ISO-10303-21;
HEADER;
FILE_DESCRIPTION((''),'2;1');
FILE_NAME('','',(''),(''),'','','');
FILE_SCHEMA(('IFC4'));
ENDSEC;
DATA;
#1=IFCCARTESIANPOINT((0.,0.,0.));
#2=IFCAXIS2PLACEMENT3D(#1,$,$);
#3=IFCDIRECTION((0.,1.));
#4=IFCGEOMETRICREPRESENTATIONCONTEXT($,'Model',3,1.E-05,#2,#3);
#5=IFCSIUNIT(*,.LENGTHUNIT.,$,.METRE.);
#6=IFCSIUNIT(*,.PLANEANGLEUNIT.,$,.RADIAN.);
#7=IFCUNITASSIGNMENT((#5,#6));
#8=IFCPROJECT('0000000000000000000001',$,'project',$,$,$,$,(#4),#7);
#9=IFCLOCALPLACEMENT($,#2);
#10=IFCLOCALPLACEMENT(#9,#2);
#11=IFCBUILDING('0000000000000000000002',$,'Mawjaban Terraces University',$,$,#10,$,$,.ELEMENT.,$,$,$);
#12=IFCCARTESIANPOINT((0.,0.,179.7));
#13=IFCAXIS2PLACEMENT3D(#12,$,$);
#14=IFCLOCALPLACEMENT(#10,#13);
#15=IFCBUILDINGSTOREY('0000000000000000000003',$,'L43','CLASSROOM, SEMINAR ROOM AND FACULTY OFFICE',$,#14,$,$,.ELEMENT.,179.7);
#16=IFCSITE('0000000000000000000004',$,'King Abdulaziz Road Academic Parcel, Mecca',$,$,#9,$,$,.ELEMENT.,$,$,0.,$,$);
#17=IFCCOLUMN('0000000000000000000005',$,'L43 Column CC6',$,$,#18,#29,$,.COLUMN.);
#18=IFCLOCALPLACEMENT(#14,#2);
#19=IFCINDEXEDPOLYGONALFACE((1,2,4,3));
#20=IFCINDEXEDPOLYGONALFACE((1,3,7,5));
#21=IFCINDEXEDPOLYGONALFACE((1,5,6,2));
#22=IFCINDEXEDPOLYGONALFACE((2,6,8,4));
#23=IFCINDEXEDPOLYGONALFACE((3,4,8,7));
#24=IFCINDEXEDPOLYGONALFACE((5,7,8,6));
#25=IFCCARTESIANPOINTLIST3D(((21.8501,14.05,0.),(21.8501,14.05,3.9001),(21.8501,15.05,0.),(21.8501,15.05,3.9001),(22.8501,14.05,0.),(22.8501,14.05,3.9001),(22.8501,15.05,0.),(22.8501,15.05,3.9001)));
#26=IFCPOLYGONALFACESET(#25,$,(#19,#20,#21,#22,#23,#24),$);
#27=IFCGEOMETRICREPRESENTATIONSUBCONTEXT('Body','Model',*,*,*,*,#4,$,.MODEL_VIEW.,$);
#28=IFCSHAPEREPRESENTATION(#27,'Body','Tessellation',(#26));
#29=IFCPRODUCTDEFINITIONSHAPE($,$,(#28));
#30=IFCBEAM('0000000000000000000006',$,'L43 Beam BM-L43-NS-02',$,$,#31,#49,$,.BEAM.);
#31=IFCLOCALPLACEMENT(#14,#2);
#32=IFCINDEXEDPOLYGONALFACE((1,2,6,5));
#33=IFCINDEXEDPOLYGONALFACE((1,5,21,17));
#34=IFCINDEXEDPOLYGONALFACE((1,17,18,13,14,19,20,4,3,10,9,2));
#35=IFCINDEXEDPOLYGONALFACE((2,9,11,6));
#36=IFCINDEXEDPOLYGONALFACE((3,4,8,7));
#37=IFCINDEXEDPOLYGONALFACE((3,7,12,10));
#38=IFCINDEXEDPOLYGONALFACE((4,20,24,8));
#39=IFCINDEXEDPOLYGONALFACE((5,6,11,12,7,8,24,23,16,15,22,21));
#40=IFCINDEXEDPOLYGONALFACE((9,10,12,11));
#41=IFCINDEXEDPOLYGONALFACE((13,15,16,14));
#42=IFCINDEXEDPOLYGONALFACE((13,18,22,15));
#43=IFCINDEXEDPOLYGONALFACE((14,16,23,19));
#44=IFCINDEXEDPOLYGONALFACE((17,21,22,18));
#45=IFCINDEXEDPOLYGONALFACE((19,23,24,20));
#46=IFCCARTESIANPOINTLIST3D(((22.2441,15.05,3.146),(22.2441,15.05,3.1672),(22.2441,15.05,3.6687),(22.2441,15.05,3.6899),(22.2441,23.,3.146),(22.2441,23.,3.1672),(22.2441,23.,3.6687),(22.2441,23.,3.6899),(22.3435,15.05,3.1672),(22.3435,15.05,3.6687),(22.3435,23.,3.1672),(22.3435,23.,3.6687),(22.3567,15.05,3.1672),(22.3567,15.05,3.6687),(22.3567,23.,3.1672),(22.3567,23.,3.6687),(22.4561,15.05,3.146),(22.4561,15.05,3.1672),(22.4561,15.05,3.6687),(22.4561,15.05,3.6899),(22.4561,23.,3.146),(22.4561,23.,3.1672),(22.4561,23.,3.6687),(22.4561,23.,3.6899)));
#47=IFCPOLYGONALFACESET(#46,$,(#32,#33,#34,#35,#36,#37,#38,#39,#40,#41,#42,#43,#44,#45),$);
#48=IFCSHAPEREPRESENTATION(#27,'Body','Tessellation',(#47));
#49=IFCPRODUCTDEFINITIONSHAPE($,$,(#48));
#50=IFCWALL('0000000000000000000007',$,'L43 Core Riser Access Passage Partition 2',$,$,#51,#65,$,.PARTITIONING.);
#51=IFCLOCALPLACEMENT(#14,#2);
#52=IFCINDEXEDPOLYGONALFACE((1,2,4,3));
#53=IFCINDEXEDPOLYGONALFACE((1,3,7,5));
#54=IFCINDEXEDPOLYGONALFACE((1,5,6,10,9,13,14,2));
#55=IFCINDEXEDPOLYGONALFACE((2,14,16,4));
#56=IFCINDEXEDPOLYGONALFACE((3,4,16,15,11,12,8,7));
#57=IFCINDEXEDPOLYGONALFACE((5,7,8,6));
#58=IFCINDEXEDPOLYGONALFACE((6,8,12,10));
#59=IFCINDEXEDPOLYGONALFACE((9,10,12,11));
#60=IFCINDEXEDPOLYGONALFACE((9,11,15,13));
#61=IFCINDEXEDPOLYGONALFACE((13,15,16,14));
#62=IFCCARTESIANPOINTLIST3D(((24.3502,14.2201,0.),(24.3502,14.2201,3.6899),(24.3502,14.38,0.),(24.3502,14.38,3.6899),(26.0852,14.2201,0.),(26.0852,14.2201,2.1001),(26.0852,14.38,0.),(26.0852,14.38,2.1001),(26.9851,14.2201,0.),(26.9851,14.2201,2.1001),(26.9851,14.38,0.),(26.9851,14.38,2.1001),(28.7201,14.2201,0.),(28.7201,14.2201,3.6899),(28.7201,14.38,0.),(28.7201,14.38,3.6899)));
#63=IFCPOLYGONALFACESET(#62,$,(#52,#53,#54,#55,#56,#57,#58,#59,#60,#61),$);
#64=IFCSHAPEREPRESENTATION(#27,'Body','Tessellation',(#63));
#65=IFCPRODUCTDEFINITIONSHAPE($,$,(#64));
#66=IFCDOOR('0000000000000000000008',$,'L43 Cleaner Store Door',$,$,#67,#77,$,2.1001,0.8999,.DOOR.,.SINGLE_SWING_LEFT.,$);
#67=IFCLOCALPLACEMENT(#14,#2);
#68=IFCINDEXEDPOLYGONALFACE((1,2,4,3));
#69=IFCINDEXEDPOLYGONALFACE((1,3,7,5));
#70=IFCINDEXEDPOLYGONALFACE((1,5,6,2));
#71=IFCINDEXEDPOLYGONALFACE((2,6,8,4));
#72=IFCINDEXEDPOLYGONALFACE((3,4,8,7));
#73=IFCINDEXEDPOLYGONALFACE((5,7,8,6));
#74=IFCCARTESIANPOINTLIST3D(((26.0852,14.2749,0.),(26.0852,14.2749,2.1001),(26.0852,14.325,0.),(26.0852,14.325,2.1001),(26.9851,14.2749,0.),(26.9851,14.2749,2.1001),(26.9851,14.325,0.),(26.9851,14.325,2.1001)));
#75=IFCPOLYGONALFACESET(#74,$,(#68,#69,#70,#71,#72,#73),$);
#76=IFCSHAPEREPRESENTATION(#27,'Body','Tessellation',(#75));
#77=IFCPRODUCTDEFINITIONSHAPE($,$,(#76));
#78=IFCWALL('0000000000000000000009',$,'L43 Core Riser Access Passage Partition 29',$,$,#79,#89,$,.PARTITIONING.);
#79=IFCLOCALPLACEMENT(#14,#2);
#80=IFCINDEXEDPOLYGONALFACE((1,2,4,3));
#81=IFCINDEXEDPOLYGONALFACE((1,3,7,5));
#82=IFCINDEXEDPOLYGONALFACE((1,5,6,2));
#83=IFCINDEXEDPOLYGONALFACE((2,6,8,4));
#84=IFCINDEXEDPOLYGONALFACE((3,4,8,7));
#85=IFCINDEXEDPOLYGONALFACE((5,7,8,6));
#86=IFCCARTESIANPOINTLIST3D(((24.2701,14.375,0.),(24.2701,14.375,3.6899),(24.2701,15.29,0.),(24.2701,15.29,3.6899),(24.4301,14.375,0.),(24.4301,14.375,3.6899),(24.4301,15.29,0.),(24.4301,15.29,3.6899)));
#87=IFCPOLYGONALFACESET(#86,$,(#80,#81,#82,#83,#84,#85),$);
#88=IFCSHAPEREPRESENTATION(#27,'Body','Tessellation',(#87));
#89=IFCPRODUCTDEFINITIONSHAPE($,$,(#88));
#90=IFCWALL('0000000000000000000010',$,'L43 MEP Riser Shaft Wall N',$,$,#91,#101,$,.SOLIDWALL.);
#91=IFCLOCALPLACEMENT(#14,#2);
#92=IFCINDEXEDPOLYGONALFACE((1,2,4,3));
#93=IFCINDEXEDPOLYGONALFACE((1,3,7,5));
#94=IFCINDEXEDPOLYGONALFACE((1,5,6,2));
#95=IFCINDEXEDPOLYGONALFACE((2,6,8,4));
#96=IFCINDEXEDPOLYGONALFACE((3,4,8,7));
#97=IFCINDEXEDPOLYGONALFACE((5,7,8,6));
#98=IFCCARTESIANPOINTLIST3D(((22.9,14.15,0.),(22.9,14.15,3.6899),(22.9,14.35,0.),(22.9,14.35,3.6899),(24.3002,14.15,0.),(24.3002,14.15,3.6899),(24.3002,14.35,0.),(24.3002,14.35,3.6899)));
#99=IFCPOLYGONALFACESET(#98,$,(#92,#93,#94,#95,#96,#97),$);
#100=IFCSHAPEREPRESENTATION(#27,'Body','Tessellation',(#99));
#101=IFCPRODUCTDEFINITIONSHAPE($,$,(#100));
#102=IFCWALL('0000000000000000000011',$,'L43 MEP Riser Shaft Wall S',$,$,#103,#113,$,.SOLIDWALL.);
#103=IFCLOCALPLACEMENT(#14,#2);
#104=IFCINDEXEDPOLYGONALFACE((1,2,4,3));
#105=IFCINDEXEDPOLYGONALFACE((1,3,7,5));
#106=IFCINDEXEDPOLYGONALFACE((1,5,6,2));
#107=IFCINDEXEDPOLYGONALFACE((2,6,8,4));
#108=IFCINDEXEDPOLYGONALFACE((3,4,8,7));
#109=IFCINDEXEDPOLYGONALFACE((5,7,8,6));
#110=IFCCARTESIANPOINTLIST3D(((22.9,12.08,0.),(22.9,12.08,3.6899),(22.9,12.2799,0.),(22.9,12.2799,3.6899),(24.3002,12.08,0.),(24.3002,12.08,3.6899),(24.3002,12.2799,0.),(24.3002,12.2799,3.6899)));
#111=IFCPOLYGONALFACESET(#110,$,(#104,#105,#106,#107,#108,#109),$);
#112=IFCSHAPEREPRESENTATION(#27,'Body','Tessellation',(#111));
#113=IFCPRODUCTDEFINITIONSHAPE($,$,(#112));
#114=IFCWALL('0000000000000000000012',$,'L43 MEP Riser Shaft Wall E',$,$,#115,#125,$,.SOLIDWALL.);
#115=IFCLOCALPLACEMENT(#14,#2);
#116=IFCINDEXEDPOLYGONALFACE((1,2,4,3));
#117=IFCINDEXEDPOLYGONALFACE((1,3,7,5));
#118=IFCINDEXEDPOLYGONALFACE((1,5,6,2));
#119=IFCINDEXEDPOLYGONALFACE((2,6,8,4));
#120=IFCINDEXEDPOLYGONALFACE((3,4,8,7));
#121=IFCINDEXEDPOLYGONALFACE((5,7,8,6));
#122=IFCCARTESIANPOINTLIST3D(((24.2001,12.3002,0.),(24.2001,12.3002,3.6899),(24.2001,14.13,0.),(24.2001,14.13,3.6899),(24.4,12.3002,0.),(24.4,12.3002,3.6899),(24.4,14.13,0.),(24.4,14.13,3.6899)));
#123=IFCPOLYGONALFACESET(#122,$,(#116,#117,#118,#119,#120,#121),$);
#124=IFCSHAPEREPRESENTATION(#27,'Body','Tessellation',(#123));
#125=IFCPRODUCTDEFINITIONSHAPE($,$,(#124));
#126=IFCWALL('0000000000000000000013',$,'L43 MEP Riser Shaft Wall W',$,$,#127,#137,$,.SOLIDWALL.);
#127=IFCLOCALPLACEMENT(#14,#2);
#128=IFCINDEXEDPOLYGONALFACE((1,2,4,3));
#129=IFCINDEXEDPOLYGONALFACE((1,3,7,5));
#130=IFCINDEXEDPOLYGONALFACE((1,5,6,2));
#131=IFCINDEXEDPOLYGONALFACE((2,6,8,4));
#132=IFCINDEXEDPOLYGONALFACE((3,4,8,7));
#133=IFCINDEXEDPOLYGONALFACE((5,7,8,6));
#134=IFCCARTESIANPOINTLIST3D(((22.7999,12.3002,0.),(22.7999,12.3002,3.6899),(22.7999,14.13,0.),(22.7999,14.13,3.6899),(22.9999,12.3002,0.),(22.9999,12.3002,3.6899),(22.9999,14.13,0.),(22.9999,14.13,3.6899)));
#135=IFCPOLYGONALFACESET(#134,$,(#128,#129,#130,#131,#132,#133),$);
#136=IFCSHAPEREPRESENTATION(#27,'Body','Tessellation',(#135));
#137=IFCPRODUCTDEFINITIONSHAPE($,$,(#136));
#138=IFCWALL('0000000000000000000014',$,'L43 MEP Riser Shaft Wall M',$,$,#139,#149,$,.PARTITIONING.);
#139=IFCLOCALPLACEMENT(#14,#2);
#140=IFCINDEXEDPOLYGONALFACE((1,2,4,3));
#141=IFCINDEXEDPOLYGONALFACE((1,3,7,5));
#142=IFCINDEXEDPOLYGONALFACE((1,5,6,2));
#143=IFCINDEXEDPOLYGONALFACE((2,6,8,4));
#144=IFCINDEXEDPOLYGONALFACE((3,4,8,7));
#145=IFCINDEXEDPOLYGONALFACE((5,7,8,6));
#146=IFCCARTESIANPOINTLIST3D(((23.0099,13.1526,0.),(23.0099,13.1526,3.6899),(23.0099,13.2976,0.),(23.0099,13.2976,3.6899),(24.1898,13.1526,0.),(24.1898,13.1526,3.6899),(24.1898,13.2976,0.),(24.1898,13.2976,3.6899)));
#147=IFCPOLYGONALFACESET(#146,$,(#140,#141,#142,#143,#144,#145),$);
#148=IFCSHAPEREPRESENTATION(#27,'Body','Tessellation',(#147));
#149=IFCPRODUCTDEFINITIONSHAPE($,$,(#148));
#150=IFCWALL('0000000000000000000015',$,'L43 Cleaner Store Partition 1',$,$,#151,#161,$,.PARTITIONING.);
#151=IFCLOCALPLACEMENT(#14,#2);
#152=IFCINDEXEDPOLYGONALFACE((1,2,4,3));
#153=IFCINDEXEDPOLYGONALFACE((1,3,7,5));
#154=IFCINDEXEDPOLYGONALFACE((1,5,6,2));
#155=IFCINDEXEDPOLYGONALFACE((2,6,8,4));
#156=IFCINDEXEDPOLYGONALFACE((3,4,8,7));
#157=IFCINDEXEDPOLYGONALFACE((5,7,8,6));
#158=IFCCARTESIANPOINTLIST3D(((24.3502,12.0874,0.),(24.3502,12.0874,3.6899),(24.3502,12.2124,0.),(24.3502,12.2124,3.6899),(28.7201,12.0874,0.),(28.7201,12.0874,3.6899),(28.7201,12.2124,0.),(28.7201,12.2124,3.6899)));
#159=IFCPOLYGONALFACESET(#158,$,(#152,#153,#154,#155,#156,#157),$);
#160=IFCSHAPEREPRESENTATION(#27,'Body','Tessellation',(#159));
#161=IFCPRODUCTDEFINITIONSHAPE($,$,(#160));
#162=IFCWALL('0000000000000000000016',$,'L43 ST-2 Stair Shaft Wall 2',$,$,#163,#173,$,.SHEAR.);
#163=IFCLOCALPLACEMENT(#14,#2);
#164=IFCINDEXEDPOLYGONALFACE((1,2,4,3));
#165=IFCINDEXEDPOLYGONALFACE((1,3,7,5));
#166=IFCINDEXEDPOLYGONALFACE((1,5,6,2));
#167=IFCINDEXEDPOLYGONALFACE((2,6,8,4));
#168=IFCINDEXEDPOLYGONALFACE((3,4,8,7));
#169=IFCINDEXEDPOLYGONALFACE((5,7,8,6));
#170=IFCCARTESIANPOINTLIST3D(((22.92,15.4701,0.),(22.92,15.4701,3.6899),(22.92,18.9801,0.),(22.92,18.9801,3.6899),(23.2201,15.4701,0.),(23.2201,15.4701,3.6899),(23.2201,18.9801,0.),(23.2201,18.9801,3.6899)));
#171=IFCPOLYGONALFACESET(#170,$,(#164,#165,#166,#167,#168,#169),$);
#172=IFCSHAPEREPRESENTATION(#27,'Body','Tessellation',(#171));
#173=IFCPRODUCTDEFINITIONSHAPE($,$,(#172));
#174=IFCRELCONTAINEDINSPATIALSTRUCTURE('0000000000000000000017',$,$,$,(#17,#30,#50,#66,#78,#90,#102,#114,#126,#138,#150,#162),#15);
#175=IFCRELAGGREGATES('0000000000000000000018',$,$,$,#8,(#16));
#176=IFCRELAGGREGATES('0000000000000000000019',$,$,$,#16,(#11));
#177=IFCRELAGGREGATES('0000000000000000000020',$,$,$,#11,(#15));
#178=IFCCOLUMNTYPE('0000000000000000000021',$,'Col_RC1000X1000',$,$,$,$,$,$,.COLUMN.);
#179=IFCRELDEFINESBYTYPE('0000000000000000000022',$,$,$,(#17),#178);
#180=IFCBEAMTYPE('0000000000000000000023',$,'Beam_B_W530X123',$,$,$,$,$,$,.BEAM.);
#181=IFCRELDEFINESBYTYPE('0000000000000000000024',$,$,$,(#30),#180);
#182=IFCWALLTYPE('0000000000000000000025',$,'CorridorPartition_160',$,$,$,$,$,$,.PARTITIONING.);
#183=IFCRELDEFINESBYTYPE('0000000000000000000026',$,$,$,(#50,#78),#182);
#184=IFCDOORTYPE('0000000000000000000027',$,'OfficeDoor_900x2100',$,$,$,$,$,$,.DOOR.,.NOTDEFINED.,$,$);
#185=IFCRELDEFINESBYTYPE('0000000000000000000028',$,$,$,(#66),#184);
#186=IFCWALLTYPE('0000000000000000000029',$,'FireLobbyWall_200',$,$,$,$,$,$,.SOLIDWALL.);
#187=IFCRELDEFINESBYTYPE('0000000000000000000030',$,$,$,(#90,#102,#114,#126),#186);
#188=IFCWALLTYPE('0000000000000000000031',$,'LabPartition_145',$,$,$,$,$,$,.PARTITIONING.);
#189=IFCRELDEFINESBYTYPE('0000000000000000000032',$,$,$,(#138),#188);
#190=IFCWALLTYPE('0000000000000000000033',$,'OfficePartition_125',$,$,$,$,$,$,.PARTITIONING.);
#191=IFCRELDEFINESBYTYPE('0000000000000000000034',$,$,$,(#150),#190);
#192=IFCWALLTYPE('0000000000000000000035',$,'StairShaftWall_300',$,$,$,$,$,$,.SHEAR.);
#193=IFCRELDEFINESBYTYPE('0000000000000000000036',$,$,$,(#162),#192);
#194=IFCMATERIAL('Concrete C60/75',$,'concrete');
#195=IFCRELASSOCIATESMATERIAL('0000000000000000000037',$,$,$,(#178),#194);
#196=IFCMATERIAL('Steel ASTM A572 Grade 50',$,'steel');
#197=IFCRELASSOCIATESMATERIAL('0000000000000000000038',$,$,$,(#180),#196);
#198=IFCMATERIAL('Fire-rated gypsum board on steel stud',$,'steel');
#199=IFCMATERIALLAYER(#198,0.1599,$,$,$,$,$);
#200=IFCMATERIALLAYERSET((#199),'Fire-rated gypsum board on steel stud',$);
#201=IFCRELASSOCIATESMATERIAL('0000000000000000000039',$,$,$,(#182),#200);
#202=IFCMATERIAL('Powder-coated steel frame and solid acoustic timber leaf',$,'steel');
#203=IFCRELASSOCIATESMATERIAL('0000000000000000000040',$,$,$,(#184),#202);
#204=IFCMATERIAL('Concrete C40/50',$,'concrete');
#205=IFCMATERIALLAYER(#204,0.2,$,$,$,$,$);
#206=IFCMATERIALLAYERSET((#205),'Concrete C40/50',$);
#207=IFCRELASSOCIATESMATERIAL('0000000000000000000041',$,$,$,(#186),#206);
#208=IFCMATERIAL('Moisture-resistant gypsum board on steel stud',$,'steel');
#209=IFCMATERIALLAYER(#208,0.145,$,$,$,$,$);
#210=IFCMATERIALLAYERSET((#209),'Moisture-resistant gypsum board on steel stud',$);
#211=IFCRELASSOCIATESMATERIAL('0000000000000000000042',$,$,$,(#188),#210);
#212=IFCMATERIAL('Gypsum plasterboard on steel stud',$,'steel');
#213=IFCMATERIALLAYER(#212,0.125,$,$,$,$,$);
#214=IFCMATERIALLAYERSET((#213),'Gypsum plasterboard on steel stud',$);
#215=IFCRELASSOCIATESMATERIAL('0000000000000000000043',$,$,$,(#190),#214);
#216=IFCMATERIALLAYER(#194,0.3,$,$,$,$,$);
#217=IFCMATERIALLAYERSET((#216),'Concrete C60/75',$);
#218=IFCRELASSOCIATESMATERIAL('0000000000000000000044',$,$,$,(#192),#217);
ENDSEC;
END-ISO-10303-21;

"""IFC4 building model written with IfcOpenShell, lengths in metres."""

from ifc_helpers import new_model, si_unit, direction, frame, frame_2d, origin, origin_2d, place, context, subcontext, project, spatial, rectangle, i_section, extrude, material, layer, layer_set, material_profile, profile_set, type_object, element, fill, save


model = new_model("IFC4")

# Units and contexts
model_context = context("Model", 3, precision=1e-05, world=origin(), true_north=direction((0.0, 1.0)))
body_context = subcontext(model_context, "Body", "Model", "MODEL_VIEW")
ifc_project = project(units=[si_unit("LENGTHUNIT", "METRE"), si_unit("PLANEANGLEUNIT", "RADIAN")], contexts=[model_context])

# Site, building, storey
site_placement = place(None, origin())
site = spatial("IfcSite", under=ifc_project, at=site_placement, Name="King Abdulaziz Road Academic Parcel, Mecca", CompositionType="ELEMENT", RefElevation=0.0)
building_placement = place(site_placement, origin())
building = spatial("IfcBuilding", under=site, at=building_placement, Name="Mawjaban Terraces University", CompositionType="ELEMENT")
storey_placement = place(building_placement, frame((0.0, 0.0, 179.7)))
storey = spatial("IfcBuildingStorey", under=building, at=storey_placement, Name="L43", Description="CLASSROOM, SEMINAR ROOM AND FACULTY OFFICE", CompositionType="ELEMENT", Elevation=179.7)

# Column
ifc_material_1 = material(Name="Concrete C60/75", Category="concrete")
ifc_material_profile_1 = material_profile(ifc_material_1, rectangle(XDim=1.0, YDim=1.0, at=origin_2d()), Name="RC1000X1000")
ifc_profile_set_1 = profile_set([ifc_material_profile_1], Name="Concrete C60/75")
column_type = type_object("IfcColumnType", Name="Col_RC1000X1000", PredefinedType="COLUMN", material=ifc_profile_set_1)
column_placement = place(storey_placement, frame((22.3501, 14.55, 0.0), z_axis=(0.0, 0.0, 1.0), x_axis=(1.0, 0.0, 0.0)))
element("IfcColumn", 1, at=column_placement, inside=storey, type_object=column_type, Name="L43 Column CC6", PredefinedType="COLUMN", context=body_context, shape_type="SweptSolid", body=[
    extrude(rectangle(XDim=1.0, YDim=1.0, at=origin_2d()), origin(), (0.0, 0.0, 1.0), 3.9001),
])

# Beam
ifc_material_2 = material(Name="Steel ASTM A572 Grade 50", Category="steel")
ifc_material_profile_2 = material_profile(ifc_material_2, i_section(OverallWidth=0.2119, OverallDepth=0.5439, WebThickness=0.0132, FlangeThickness=0.0212, at=origin_2d()), Name="W530X123")
ifc_profile_set_2 = profile_set([ifc_material_profile_2], Name="Steel ASTM A572 Grade 50")
beam_type = type_object("IfcBeamType", Name="Beam_B_W530X123", PredefinedType="BEAM", material=ifc_profile_set_2)
beam_placement = place(storey_placement, frame((22.3501, 15.05, 3.418), z_axis=(0.0, 1.0, 0.0), x_axis=(-1.0, 0.0, 0.0)))
element("IfcBeam", 2, at=beam_placement, inside=storey, type_object=beam_type, Name="L43 Beam BM-L43-NS-02", PredefinedType="BEAM", context=body_context, shape_type="SweptSolid", body=[
    extrude(i_section(OverallWidth=0.2119, OverallDepth=0.5439, WebThickness=0.0132, FlangeThickness=0.0212, at=origin_2d()), origin(), (0.0, 0.0, 1.0), 7.95),
])

# Wall, opening, door
ifc_material_3 = material(Name="Fire-rated gypsum board on steel stud", Category="steel")
ifc_layer_1 = layer(ifc_material_3, 0.1599)
ifc_layer_set_1 = layer_set([ifc_layer_1], Name="Fire-rated gypsum board on steel stud")
wall_type_1 = type_object("IfcWallType", Name="CorridorPartition_160", PredefinedType="PARTITIONING", material=ifc_layer_set_1)
wall_1_placement = place(storey_placement, frame((24.3501, 14.3, 0.0), z_axis=(0.0, 0.0, 1.0), x_axis=(1.0, 0.0, 0.0)))
wall_1 = element("IfcWall", 3, at=wall_1_placement, inside=storey, type_object=wall_type_1, Name="L43 Core Riser Access Passage Partition 2", PredefinedType="PARTITIONING", context=body_context, shape_type="SweptSolid", body=[
    extrude(rectangle(XDim=4.3699, YDim=0.1599, at=frame_2d((2.1851, 0.0))), origin(), (0.0, 0.0, 1.0), 3.6899),
])
opening_placement = place(wall_1_placement, frame((1.7351, 0.0, 0.0)))
opening = element("IfcOpeningElement", 4, at=opening_placement, cuts=wall_1, PredefinedType="OPENING", context=body_context, shape_type="SweptSolid", body=[
    extrude(rectangle(XDim=0.8999, YDim=2.1001, at=frame_2d((0.45, 1.05))), frame((0.0, 0.0898, 0.0), z_axis=(0.0, -1.0, 0.0), x_axis=(1.0, 0.0, 0.0)), (0.0, 0.0, 1.0), 0.1799),
])
ifc_material_4 = material(Name="Powder-coated steel frame and solid acoustic timber leaf", Category="steel")
door_type = type_object("IfcDoorType", Name="OfficeDoor_900x2100", OperationType="NOTDEFINED", PredefinedType="DOOR", material=ifc_material_4)
door_placement = place(opening_placement, origin())
door = element("IfcDoor", 5, at=door_placement, inside=storey, type_object=door_type, Name="L43 Cleaner Store Door", OperationType="SINGLE_SWING_LEFT", OverallHeight=2.1001, OverallWidth=0.8999, PredefinedType="DOOR", context=body_context, shape_type="SweptSolid", body=[
    extrude(rectangle(XDim=0.8999, YDim=2.1001, at=frame_2d((0.45, 1.05))), frame((0.0, 0.0249, 0.0), z_axis=(0.0, -1.0, 0.0), x_axis=(1.0, 0.0, 0.0)), (0.0, 0.0, 1.0), 0.05),
])
fill(opening, door)

# Walls
wall_2_placement = place(storey_placement, frame((24.3501, 15.29, 0.0), z_axis=(0.0, 0.0, 1.0), x_axis=(0.0, -1.0, 0.0)))
element("IfcWall", 6, at=wall_2_placement, inside=storey, type_object=wall_type_1, Name="L43 Core Riser Access Passage Partition 29", PredefinedType="PARTITIONING", context=body_context, shape_type="SweptSolid", body=[
    extrude(rectangle(XDim=0.915, YDim=0.1599, at=frame_2d((0.4575, 0.0))), origin(), (0.0, 0.0, 1.0), 3.6899),
])
ifc_material_5 = material(Name="Concrete C40/50", Category="concrete")
ifc_layer_2 = layer(ifc_material_5, 0.2)
ifc_layer_set_2 = layer_set([ifc_layer_2], Name="Concrete C40/50")
wall_type_2 = type_object("IfcWallType", Name="FireLobbyWall_200", PredefinedType="SOLIDWALL", material=ifc_layer_set_2)
for number, where, z_axis, x_axis, name in (
    (7, (22.8999, 14.25, 0.0), (0.0, 0.0, 1.0), (1.0, 0.0, 0.0), "L43 MEP Riser Shaft Wall N"),
    (8, (22.8999, 12.1799, 0.0), (0.0, 0.0, 1.0), (1.0, 0.0, 0.0), "L43 MEP Riser Shaft Wall S"),
):
    element("IfcWall", number, at=place(storey_placement, frame(where, z_axis=z_axis, x_axis=x_axis)), inside=storey, type_object=wall_type_2, Name=name, PredefinedType="SOLIDWALL", context=body_context, shape_type="SweptSolid", body=[
        extrude(rectangle(XDim=1.4001, YDim=0.2, at=frame_2d((0.7002, 0.0))), origin(), (0.0, 0.0, 1.0), 3.6899),
    ])
for number, where, z_axis, x_axis, name in (
    (9, (24.3, 12.3, 0.0), (0.0, 0.0, 1.0), (0.0, 1.0, 0.0), "L43 MEP Riser Shaft Wall E"),
    (10, (22.8999, 12.3, 0.0), (0.0, 0.0, 1.0), (0.0, 1.0, 0.0), "L43 MEP Riser Shaft Wall W"),
):
    element("IfcWall", number, at=place(storey_placement, frame(where, z_axis=z_axis, x_axis=x_axis)), inside=storey, type_object=wall_type_2, Name=name, PredefinedType="SOLIDWALL", context=body_context, shape_type="SweptSolid", body=[
        extrude(rectangle(XDim=1.8298, YDim=0.2, at=frame_2d((0.915, 0.0))), origin(), (0.0, 0.0, 1.0), 3.6899),
    ])
ifc_material_6 = material(Name="Moisture-resistant gypsum board on steel stud", Category="steel")
ifc_layer_3 = layer(ifc_material_6, 0.145)
ifc_layer_set_3 = layer_set([ifc_layer_3], Name="Moisture-resistant gypsum board on steel stud")
wall_type_3 = type_object("IfcWallType", Name="LabPartition_145", PredefinedType="PARTITIONING", material=ifc_layer_set_3)
wall_3_placement = place(storey_placement, frame((23.01, 13.2251, 0.0), z_axis=(0.0, 0.0, 1.0), x_axis=(1.0, 0.0, 0.0)))
element("IfcWall", 11, at=wall_3_placement, inside=storey, type_object=wall_type_3, Name="L43 MEP Riser Shaft Wall M", PredefinedType="PARTITIONING", context=body_context, shape_type="SweptSolid", body=[
    extrude(rectangle(XDim=1.1799, YDim=0.145, at=frame_2d((0.5898, 0.0))), origin(), (0.0, 0.0, 1.0), 3.6899),
])
ifc_material_7 = material(Name="Gypsum plasterboard on steel stud", Category="steel")
ifc_layer_4 = layer(ifc_material_7, 0.125)
ifc_layer_set_4 = layer_set([ifc_layer_4], Name="Gypsum plasterboard on steel stud")
wall_type_4 = type_object("IfcWallType", Name="OfficePartition_125", PredefinedType="PARTITIONING", material=ifc_layer_set_4)
wall_4_placement = place(storey_placement, frame((24.3501, 12.1499, 0.0), z_axis=(0.0, 0.0, 1.0), x_axis=(1.0, 0.0, 0.0)))
element("IfcWall", 12, at=wall_4_placement, inside=storey, type_object=wall_type_4, Name="L43 Cleaner Store Partition 1", PredefinedType="PARTITIONING", context=body_context, shape_type="SweptSolid", body=[
    extrude(rectangle(XDim=4.3699, YDim=0.125, at=frame_2d((2.1851, 0.0))), origin(), (0.0, 0.0, 1.0), 3.6899),
])
ifc_layer_5 = layer(ifc_material_1, 0.3)
ifc_layer_set_5 = layer_set([ifc_layer_5], Name="Concrete C60/75")
wall_type_5 = type_object("IfcWallType", Name="StairShaftWall_300", PredefinedType="SHEAR", material=ifc_layer_set_5)
wall_5_placement = place(storey_placement, frame((23.0701, 18.98, 0.0), z_axis=(0.0, 0.0, 1.0), x_axis=(0.0, -1.0, 0.0)))
element("IfcWall", 13, at=wall_5_placement, inside=storey, type_object=wall_type_5, Name="L43 ST-2 Stair Shaft Wall 2", PredefinedType="SHEAR", context=body_context, shape_type="SweptSolid", body=[
    extrude(rectangle(XDim=3.51, YDim=0.3, at=frame_2d((1.7549, 0.0))), origin(), (0.0, 0.0, 1.0), 3.6899),
])

save(model, "model.ifc")
